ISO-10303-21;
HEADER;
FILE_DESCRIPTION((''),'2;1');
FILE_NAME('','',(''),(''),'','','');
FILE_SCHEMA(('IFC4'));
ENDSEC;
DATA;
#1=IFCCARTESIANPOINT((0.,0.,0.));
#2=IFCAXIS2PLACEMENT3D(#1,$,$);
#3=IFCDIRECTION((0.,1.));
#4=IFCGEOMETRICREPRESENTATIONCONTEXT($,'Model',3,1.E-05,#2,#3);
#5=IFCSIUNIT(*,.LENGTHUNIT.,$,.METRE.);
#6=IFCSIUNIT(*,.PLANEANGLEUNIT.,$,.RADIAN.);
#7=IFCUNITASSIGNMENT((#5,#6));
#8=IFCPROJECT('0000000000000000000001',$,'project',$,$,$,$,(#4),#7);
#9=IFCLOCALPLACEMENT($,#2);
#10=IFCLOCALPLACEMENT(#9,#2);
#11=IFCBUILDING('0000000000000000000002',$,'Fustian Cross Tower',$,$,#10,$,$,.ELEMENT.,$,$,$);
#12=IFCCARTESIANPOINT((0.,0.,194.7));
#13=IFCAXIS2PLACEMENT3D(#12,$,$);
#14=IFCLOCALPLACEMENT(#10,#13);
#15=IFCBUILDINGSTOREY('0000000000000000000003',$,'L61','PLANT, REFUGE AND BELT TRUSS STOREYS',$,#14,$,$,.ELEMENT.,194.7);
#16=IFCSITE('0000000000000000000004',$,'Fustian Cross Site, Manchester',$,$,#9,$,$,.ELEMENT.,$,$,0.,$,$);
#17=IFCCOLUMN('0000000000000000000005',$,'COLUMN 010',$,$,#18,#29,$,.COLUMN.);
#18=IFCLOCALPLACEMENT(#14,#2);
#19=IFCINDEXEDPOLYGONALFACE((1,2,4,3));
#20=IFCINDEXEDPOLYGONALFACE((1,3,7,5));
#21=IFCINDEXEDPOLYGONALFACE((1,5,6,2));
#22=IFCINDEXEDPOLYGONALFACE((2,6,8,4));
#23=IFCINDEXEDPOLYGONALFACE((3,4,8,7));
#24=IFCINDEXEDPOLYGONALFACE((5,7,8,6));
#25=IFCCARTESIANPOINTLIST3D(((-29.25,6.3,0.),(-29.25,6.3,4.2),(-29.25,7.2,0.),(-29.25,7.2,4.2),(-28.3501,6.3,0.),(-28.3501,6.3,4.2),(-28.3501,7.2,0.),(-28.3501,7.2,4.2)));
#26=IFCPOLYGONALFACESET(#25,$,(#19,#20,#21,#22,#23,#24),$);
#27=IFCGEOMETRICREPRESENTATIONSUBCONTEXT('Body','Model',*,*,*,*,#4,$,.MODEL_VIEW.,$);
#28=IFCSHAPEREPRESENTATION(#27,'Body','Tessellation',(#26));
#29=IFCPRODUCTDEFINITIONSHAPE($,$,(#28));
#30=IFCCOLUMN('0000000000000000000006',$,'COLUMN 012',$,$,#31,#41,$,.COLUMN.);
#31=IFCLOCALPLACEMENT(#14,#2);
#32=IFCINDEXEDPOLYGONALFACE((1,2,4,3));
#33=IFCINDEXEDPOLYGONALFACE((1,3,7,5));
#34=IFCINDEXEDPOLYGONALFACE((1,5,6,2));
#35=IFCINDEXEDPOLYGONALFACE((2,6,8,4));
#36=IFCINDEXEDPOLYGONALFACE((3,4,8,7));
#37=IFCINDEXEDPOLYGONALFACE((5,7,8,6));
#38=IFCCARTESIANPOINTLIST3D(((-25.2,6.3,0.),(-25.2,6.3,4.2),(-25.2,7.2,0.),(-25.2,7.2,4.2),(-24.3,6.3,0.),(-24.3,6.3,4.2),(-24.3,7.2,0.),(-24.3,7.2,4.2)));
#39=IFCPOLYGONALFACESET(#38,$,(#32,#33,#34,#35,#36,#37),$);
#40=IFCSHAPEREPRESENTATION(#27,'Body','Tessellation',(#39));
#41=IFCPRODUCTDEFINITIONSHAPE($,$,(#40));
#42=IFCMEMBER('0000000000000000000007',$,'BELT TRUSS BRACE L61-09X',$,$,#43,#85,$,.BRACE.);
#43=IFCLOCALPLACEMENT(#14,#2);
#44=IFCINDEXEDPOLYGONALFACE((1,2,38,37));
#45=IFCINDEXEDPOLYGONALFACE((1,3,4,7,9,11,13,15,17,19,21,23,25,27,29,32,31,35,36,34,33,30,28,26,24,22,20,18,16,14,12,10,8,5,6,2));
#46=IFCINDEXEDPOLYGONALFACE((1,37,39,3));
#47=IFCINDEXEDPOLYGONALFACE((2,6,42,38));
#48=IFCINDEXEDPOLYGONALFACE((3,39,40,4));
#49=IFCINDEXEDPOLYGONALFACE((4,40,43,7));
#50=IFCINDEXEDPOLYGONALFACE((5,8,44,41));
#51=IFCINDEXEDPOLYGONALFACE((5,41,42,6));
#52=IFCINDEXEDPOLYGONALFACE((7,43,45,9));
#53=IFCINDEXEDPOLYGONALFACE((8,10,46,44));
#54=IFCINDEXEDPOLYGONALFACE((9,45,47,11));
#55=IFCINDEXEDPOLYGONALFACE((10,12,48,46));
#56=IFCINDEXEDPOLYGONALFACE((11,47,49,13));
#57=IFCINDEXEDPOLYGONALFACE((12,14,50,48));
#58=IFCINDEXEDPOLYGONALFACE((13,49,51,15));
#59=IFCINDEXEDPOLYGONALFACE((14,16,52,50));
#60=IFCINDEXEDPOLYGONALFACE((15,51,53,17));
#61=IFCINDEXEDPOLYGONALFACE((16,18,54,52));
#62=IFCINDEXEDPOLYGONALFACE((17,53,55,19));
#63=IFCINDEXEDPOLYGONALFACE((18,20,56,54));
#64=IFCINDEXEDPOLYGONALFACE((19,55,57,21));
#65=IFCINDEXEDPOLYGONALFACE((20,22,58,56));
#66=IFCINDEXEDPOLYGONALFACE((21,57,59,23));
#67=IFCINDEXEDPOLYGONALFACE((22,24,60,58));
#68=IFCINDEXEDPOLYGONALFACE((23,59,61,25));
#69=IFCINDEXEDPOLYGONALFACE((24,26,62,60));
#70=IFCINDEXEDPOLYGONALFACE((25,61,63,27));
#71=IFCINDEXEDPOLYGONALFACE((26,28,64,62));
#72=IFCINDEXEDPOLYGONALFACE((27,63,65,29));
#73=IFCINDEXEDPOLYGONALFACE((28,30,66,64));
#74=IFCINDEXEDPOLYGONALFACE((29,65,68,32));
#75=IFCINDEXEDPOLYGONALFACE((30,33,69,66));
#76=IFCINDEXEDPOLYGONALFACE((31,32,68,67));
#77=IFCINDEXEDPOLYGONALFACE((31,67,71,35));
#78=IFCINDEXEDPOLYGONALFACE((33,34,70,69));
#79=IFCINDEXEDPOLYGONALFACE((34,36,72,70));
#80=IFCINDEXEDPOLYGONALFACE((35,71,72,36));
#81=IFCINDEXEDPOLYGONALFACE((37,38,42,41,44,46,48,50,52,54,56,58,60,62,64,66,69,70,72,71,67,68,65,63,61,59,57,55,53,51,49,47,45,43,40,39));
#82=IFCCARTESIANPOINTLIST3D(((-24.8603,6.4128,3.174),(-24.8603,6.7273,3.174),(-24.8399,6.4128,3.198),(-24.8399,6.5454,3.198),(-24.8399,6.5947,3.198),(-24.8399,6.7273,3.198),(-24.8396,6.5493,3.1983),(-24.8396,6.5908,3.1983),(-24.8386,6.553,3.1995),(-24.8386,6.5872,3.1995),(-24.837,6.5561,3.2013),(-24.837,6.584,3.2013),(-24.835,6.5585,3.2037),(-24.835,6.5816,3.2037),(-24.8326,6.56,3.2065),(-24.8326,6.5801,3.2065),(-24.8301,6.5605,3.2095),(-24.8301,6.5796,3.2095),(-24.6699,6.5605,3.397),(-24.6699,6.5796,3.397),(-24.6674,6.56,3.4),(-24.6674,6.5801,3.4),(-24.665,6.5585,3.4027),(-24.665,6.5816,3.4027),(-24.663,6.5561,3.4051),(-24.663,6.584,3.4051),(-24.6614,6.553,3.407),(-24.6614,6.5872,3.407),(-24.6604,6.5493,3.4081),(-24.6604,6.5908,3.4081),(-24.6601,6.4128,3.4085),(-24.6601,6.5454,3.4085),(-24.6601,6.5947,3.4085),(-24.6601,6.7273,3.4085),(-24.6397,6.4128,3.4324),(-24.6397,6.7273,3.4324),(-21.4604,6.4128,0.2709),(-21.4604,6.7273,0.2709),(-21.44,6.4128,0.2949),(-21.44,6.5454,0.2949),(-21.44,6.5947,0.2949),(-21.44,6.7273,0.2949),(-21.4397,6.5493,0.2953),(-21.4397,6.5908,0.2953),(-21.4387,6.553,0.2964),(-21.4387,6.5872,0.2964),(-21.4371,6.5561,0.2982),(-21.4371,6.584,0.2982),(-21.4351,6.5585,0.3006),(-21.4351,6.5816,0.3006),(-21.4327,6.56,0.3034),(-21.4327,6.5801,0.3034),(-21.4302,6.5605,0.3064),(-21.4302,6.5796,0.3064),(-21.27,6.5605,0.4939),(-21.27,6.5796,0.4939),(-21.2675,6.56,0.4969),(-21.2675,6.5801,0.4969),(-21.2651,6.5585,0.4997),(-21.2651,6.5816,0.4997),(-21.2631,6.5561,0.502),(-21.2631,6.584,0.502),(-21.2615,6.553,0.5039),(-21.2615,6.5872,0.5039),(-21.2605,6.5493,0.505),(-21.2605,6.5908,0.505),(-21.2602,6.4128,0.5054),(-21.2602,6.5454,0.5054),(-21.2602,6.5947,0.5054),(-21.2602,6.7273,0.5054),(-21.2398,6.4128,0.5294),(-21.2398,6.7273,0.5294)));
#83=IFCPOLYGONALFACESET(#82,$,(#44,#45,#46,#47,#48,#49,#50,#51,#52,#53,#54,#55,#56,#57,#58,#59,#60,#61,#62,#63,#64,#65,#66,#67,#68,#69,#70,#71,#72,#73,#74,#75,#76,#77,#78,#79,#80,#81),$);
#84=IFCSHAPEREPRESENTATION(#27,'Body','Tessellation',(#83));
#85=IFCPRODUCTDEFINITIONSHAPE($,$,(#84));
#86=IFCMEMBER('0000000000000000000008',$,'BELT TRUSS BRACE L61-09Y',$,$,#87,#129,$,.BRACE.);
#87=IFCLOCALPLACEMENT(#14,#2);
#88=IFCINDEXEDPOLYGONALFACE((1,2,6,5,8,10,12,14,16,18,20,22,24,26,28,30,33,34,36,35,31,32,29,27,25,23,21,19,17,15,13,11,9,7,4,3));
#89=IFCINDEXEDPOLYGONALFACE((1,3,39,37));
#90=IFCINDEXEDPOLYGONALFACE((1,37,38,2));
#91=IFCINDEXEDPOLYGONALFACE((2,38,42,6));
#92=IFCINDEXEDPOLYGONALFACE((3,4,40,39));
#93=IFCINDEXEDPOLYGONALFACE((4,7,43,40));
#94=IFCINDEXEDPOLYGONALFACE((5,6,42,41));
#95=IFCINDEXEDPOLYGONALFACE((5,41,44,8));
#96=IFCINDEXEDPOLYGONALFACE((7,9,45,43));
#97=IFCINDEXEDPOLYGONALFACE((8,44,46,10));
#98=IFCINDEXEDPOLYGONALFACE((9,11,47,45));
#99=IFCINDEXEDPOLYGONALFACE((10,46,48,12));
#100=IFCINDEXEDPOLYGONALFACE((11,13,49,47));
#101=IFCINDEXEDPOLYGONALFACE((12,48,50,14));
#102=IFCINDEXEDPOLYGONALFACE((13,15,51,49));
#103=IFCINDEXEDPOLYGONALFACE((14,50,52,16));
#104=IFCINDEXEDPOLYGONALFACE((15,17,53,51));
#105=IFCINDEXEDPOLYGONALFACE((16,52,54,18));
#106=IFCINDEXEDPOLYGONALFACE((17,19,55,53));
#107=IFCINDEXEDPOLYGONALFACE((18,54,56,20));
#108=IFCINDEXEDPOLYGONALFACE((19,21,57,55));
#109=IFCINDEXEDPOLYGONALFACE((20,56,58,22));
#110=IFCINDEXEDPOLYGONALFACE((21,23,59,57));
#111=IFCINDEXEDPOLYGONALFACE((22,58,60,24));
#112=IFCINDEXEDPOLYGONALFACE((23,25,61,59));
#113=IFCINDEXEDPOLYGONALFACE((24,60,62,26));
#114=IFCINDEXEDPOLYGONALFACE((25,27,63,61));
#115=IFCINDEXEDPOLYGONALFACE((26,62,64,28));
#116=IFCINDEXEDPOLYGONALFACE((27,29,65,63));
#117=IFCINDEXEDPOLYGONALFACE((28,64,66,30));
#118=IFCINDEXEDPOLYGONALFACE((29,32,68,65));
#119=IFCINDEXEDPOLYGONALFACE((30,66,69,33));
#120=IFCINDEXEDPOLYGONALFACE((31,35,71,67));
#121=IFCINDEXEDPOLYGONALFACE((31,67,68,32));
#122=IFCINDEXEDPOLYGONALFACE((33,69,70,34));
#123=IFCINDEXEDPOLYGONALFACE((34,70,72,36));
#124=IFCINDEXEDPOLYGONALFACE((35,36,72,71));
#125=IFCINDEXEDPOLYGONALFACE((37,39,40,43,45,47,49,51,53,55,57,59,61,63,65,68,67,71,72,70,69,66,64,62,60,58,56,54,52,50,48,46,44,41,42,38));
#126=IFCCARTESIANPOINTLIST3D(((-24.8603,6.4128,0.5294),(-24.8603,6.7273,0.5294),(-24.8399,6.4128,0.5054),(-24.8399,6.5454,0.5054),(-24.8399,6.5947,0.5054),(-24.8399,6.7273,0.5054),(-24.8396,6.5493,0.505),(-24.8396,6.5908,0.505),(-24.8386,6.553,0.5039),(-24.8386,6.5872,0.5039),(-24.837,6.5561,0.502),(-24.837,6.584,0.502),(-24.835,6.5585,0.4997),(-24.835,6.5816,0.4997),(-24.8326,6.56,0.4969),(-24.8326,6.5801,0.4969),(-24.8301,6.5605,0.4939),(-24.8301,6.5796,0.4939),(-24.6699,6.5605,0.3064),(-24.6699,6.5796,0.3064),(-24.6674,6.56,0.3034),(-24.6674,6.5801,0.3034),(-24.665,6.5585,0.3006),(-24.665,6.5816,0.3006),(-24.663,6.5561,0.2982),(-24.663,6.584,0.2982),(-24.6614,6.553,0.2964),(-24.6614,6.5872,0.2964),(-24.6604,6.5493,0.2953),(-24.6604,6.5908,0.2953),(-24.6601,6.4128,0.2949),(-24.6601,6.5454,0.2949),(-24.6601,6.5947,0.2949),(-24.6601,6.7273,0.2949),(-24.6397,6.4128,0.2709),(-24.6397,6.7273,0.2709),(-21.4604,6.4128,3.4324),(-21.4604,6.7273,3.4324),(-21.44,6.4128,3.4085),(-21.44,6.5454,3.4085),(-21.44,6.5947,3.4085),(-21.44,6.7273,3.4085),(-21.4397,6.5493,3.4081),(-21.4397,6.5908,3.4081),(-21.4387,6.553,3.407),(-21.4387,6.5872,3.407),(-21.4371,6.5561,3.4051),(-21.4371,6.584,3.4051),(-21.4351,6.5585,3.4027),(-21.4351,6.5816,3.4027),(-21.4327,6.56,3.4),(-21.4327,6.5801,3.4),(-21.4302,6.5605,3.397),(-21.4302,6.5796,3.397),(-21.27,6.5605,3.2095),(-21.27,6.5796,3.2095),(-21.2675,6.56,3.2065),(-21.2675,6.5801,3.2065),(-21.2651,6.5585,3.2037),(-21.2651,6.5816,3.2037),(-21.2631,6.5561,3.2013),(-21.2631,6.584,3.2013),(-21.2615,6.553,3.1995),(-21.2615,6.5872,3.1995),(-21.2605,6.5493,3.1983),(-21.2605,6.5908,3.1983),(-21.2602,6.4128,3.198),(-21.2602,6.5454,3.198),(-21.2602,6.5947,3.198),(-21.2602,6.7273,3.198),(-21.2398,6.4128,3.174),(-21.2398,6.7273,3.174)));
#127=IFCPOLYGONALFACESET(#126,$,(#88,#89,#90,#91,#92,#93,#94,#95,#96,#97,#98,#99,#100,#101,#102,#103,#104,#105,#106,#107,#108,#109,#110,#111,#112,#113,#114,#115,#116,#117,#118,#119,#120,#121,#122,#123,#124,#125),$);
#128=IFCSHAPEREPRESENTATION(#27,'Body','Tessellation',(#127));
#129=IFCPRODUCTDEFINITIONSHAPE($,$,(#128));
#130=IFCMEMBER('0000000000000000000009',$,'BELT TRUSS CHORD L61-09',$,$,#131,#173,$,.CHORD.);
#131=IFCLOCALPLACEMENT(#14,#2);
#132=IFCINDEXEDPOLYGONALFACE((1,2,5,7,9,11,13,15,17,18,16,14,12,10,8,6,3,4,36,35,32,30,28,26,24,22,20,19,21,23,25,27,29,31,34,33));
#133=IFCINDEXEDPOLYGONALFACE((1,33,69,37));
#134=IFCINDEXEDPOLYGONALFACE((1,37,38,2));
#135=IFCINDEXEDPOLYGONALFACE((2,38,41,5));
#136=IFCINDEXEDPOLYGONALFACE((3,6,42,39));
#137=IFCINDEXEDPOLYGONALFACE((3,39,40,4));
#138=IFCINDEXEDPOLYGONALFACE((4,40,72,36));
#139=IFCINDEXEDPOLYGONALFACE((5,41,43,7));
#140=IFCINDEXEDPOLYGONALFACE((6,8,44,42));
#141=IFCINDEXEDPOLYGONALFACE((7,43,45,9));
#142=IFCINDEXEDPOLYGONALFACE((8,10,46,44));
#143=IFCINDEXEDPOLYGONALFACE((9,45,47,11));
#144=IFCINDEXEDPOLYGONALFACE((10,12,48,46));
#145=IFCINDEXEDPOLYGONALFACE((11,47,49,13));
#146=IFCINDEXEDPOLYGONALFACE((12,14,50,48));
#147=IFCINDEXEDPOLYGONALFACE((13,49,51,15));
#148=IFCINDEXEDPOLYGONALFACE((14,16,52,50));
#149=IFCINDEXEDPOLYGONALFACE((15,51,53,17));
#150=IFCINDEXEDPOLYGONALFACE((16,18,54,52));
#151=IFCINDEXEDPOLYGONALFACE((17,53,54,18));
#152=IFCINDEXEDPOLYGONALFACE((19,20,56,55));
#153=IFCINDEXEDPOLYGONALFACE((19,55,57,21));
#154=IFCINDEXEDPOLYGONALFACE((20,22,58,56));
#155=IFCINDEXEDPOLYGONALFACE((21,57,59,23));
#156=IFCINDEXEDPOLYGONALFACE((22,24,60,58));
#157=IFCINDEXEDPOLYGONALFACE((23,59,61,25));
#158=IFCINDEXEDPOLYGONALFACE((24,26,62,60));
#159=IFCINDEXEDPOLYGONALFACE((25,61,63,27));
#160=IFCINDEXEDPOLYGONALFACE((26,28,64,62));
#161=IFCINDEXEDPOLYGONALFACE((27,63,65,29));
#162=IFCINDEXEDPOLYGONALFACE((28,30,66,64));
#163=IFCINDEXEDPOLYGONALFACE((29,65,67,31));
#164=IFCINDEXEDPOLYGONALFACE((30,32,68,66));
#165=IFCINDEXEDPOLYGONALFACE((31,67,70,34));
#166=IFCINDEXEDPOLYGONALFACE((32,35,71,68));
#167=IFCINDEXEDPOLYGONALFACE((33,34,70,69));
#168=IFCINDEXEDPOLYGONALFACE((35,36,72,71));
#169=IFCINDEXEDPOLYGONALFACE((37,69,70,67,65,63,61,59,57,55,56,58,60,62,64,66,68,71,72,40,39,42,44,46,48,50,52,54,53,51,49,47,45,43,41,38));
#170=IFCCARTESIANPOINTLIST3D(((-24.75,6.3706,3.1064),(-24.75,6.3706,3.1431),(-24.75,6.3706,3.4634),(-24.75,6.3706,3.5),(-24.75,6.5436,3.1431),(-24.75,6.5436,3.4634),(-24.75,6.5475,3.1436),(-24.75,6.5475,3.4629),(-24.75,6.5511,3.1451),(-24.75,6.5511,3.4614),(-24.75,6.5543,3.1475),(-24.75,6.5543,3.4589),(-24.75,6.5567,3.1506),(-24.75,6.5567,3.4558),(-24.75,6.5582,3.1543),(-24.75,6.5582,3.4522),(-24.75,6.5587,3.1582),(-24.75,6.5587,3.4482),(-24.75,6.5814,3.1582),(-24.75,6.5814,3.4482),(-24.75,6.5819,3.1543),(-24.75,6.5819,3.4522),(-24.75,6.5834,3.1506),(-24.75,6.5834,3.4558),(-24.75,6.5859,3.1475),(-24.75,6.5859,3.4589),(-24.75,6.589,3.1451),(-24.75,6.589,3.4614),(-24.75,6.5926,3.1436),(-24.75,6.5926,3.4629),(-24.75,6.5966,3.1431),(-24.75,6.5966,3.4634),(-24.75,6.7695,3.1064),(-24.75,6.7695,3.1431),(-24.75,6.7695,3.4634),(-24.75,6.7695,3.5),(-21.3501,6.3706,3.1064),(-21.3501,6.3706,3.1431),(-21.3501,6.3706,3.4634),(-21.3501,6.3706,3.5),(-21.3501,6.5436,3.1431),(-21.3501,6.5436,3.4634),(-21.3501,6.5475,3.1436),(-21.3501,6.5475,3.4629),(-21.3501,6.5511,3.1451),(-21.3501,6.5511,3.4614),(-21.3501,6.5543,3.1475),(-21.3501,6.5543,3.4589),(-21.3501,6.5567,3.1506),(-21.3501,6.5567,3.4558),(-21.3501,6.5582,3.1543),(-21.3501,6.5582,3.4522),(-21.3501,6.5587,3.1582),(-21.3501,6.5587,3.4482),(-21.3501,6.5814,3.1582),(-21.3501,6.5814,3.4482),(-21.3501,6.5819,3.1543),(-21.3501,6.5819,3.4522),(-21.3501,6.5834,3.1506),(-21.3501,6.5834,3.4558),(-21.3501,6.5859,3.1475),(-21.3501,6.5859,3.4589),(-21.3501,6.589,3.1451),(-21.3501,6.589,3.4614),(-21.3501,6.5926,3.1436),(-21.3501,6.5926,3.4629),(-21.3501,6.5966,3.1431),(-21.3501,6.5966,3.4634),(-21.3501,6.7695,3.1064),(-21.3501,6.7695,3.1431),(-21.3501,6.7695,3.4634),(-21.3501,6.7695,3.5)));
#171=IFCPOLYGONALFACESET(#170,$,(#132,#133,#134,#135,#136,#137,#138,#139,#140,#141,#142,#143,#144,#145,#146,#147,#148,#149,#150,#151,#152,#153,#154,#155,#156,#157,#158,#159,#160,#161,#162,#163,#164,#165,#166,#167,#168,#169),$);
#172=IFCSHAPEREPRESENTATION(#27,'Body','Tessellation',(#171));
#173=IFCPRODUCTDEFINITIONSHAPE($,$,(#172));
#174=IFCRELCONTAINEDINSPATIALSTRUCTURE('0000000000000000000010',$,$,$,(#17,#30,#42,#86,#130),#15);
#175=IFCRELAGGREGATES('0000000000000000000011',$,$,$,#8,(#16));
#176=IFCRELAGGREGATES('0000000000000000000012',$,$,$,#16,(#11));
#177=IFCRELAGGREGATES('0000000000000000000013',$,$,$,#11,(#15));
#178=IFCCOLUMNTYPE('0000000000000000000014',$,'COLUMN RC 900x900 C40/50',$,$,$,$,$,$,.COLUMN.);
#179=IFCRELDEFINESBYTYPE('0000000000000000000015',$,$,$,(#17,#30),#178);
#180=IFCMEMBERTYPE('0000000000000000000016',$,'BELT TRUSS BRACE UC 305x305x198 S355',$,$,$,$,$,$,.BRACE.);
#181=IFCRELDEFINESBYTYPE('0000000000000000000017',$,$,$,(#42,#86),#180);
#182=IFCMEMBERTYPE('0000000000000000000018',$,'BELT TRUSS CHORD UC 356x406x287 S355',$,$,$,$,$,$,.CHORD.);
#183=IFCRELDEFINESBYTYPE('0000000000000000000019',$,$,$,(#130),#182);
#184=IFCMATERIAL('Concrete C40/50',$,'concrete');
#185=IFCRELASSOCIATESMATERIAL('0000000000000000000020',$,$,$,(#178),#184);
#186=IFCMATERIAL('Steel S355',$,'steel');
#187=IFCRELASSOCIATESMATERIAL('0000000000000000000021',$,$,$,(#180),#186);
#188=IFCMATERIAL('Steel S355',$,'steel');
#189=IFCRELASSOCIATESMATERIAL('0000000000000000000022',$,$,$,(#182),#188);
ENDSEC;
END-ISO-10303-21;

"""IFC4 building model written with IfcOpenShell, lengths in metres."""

from ifc_helpers import new_model, si_unit, direction, frame, origin, origin_2d, place, context, subcontext, project, spatial, rectangle, i_section, extrude, material, material_profile, profile_set, type_object, element, save


model = new_model("IFC4")

# Units and contexts
model_context = context("Model", 3, precision=1e-05, world=origin(), true_north=direction((0.0, 1.0)))
body_context = subcontext(model_context, "Body", "Model", "MODEL_VIEW")
ifc_project = project(units=[si_unit("LENGTHUNIT", "METRE"), si_unit("PLANEANGLEUNIT", "RADIAN")], contexts=[model_context])

# Site, building, storey
site_placement = place(None, origin())
site = spatial("IfcSite", under=ifc_project, at=site_placement, Name="Fustian Cross Site, Manchester", CompositionType="ELEMENT", RefElevation=0.0)
building_placement = place(site_placement, origin())
building = spatial("IfcBuilding", under=site, at=building_placement, Name="Fustian Cross Tower", CompositionType="ELEMENT")
storey_placement = place(building_placement, frame((0.0, 0.0, 194.7)))
storey = spatial("IfcBuildingStorey", under=building, at=storey_placement, Name="L61", Description="PLANT, REFUGE AND BELT TRUSS STOREYS", CompositionType="ELEMENT", Elevation=194.7)

# Columns
ifc_material_1 = material(Name="Concrete C40/50", Category="concrete")
ifc_material_profile_1 = material_profile(ifc_material_1, rectangle(XDim=0.8999, YDim=0.8999, at=origin_2d()), Name="RC 900x900")
ifc_profile_set_1 = profile_set([ifc_material_profile_1], Name="Concrete C40/50")
column_type = type_object("IfcColumnType", Name="COLUMN RC 900x900 C40/50", PredefinedType="COLUMN", material=ifc_profile_set_1)
for number, where, z_axis, x_axis, name in (
    (1, (-28.8, 6.75, 0.0), (0.0, 0.0, 1.0), (1.0, 0.0, 0.0), "COLUMN 010"),
    (2, (-24.75, 6.75, 0.0), (0.0, 0.0, 1.0), (1.0, 0.0, 0.0), "COLUMN 012"),
):
    element("IfcColumn", number, at=place(storey_placement, frame(where, z_axis=z_axis, x_axis=x_axis)), inside=storey, type_object=column_type, Name=name, PredefinedType="COLUMN", context=body_context, shape_type="SweptSolid", body=[
        extrude(rectangle(XDim=0.8999, YDim=0.8999, at=origin_2d()), origin(), (0.0, 0.0, 1.0), 4.2),
    ])

# Members
ifc_material_2 = material(Name="Steel S355", Category="steel")
ifc_material_profile_2 = material_profile(ifc_material_2, i_section(OverallWidth=0.3145, OverallDepth=0.3398, WebThickness=0.019, FlangeThickness=0.0315, FilletRadius=0.0151, at=origin_2d()), Name="UC 305x305x198")
ifc_profile_set_2 = profile_set([ifc_material_profile_2], Name="Steel S355")
member_type_1 = type_object("IfcMemberType", Name="BELT TRUSS BRACE UC 305x305x198 S355", PredefinedType="BRACE", material=ifc_profile_set_2)
for number, where, z_axis, x_axis, name in (
    (3, (-21.3501, 6.5701, 0.4001), (-0.760485, 0.0, 0.649356), (0.0, -1.0, 0.0), "BELT TRUSS BRACE L61-09X"),
    (4, (-21.3501, 6.5701, 3.3032), (-0.760485, 0.0, -0.649356), (0.0, -1.0, 0.0), "BELT TRUSS BRACE L61-09Y"),
):
    element("IfcMember", number, at=place(storey_placement, frame(where, z_axis=z_axis, x_axis=x_axis)), inside=storey, type_object=member_type_1, Name=name, PredefinedType="BRACE", context=body_context, shape_type="SweptSolid", body=[
        extrude(i_section(OverallWidth=0.3145, OverallDepth=0.3398, WebThickness=0.019, FlangeThickness=0.0315, FilletRadius=0.0151, at=origin_2d()), origin(), (0.0, 0.0, 1.0), 4.4707),
    ])
ifc_material_3 = material(Name="Steel S355", Category="steel")
ifc_material_profile_3 = material_profile(ifc_material_3, i_section(OverallWidth=0.3989, OverallDepth=0.3936, WebThickness=0.0227, FlangeThickness=0.0366, FilletRadius=0.0151, at=origin_2d()), Name="UC 356x406x287")
ifc_profile_set_3 = profile_set([ifc_material_profile_3], Name="Steel S355")
member_type_2 = type_object("IfcMemberType", Name="BELT TRUSS CHORD UC 356x406x287 S355", PredefinedType="CHORD", material=ifc_profile_set_3)
for number, where, z_axis, x_axis, name in (
    (5, (-21.3501, 6.5701, 3.3032), (-1.0, 0.0, 0.0), (0.0, -1.0, 0.0), "BELT TRUSS CHORD L61-09"),
):
    element("IfcMember", number, at=place(storey_placement, frame(where, z_axis=z_axis, x_axis=x_axis)), inside=storey, type_object=member_type_2, Name=name, PredefinedType="CHORD", context=body_context, shape_type="SweptSolid", body=[
        extrude(i_section(OverallWidth=0.3989, OverallDepth=0.3936, WebThickness=0.0227, FlangeThickness=0.0366, FilletRadius=0.0151, at=origin_2d()), origin(), (0.0, 0.0, 1.0), 3.3999),
    ])

save(model, "model.ifc")
